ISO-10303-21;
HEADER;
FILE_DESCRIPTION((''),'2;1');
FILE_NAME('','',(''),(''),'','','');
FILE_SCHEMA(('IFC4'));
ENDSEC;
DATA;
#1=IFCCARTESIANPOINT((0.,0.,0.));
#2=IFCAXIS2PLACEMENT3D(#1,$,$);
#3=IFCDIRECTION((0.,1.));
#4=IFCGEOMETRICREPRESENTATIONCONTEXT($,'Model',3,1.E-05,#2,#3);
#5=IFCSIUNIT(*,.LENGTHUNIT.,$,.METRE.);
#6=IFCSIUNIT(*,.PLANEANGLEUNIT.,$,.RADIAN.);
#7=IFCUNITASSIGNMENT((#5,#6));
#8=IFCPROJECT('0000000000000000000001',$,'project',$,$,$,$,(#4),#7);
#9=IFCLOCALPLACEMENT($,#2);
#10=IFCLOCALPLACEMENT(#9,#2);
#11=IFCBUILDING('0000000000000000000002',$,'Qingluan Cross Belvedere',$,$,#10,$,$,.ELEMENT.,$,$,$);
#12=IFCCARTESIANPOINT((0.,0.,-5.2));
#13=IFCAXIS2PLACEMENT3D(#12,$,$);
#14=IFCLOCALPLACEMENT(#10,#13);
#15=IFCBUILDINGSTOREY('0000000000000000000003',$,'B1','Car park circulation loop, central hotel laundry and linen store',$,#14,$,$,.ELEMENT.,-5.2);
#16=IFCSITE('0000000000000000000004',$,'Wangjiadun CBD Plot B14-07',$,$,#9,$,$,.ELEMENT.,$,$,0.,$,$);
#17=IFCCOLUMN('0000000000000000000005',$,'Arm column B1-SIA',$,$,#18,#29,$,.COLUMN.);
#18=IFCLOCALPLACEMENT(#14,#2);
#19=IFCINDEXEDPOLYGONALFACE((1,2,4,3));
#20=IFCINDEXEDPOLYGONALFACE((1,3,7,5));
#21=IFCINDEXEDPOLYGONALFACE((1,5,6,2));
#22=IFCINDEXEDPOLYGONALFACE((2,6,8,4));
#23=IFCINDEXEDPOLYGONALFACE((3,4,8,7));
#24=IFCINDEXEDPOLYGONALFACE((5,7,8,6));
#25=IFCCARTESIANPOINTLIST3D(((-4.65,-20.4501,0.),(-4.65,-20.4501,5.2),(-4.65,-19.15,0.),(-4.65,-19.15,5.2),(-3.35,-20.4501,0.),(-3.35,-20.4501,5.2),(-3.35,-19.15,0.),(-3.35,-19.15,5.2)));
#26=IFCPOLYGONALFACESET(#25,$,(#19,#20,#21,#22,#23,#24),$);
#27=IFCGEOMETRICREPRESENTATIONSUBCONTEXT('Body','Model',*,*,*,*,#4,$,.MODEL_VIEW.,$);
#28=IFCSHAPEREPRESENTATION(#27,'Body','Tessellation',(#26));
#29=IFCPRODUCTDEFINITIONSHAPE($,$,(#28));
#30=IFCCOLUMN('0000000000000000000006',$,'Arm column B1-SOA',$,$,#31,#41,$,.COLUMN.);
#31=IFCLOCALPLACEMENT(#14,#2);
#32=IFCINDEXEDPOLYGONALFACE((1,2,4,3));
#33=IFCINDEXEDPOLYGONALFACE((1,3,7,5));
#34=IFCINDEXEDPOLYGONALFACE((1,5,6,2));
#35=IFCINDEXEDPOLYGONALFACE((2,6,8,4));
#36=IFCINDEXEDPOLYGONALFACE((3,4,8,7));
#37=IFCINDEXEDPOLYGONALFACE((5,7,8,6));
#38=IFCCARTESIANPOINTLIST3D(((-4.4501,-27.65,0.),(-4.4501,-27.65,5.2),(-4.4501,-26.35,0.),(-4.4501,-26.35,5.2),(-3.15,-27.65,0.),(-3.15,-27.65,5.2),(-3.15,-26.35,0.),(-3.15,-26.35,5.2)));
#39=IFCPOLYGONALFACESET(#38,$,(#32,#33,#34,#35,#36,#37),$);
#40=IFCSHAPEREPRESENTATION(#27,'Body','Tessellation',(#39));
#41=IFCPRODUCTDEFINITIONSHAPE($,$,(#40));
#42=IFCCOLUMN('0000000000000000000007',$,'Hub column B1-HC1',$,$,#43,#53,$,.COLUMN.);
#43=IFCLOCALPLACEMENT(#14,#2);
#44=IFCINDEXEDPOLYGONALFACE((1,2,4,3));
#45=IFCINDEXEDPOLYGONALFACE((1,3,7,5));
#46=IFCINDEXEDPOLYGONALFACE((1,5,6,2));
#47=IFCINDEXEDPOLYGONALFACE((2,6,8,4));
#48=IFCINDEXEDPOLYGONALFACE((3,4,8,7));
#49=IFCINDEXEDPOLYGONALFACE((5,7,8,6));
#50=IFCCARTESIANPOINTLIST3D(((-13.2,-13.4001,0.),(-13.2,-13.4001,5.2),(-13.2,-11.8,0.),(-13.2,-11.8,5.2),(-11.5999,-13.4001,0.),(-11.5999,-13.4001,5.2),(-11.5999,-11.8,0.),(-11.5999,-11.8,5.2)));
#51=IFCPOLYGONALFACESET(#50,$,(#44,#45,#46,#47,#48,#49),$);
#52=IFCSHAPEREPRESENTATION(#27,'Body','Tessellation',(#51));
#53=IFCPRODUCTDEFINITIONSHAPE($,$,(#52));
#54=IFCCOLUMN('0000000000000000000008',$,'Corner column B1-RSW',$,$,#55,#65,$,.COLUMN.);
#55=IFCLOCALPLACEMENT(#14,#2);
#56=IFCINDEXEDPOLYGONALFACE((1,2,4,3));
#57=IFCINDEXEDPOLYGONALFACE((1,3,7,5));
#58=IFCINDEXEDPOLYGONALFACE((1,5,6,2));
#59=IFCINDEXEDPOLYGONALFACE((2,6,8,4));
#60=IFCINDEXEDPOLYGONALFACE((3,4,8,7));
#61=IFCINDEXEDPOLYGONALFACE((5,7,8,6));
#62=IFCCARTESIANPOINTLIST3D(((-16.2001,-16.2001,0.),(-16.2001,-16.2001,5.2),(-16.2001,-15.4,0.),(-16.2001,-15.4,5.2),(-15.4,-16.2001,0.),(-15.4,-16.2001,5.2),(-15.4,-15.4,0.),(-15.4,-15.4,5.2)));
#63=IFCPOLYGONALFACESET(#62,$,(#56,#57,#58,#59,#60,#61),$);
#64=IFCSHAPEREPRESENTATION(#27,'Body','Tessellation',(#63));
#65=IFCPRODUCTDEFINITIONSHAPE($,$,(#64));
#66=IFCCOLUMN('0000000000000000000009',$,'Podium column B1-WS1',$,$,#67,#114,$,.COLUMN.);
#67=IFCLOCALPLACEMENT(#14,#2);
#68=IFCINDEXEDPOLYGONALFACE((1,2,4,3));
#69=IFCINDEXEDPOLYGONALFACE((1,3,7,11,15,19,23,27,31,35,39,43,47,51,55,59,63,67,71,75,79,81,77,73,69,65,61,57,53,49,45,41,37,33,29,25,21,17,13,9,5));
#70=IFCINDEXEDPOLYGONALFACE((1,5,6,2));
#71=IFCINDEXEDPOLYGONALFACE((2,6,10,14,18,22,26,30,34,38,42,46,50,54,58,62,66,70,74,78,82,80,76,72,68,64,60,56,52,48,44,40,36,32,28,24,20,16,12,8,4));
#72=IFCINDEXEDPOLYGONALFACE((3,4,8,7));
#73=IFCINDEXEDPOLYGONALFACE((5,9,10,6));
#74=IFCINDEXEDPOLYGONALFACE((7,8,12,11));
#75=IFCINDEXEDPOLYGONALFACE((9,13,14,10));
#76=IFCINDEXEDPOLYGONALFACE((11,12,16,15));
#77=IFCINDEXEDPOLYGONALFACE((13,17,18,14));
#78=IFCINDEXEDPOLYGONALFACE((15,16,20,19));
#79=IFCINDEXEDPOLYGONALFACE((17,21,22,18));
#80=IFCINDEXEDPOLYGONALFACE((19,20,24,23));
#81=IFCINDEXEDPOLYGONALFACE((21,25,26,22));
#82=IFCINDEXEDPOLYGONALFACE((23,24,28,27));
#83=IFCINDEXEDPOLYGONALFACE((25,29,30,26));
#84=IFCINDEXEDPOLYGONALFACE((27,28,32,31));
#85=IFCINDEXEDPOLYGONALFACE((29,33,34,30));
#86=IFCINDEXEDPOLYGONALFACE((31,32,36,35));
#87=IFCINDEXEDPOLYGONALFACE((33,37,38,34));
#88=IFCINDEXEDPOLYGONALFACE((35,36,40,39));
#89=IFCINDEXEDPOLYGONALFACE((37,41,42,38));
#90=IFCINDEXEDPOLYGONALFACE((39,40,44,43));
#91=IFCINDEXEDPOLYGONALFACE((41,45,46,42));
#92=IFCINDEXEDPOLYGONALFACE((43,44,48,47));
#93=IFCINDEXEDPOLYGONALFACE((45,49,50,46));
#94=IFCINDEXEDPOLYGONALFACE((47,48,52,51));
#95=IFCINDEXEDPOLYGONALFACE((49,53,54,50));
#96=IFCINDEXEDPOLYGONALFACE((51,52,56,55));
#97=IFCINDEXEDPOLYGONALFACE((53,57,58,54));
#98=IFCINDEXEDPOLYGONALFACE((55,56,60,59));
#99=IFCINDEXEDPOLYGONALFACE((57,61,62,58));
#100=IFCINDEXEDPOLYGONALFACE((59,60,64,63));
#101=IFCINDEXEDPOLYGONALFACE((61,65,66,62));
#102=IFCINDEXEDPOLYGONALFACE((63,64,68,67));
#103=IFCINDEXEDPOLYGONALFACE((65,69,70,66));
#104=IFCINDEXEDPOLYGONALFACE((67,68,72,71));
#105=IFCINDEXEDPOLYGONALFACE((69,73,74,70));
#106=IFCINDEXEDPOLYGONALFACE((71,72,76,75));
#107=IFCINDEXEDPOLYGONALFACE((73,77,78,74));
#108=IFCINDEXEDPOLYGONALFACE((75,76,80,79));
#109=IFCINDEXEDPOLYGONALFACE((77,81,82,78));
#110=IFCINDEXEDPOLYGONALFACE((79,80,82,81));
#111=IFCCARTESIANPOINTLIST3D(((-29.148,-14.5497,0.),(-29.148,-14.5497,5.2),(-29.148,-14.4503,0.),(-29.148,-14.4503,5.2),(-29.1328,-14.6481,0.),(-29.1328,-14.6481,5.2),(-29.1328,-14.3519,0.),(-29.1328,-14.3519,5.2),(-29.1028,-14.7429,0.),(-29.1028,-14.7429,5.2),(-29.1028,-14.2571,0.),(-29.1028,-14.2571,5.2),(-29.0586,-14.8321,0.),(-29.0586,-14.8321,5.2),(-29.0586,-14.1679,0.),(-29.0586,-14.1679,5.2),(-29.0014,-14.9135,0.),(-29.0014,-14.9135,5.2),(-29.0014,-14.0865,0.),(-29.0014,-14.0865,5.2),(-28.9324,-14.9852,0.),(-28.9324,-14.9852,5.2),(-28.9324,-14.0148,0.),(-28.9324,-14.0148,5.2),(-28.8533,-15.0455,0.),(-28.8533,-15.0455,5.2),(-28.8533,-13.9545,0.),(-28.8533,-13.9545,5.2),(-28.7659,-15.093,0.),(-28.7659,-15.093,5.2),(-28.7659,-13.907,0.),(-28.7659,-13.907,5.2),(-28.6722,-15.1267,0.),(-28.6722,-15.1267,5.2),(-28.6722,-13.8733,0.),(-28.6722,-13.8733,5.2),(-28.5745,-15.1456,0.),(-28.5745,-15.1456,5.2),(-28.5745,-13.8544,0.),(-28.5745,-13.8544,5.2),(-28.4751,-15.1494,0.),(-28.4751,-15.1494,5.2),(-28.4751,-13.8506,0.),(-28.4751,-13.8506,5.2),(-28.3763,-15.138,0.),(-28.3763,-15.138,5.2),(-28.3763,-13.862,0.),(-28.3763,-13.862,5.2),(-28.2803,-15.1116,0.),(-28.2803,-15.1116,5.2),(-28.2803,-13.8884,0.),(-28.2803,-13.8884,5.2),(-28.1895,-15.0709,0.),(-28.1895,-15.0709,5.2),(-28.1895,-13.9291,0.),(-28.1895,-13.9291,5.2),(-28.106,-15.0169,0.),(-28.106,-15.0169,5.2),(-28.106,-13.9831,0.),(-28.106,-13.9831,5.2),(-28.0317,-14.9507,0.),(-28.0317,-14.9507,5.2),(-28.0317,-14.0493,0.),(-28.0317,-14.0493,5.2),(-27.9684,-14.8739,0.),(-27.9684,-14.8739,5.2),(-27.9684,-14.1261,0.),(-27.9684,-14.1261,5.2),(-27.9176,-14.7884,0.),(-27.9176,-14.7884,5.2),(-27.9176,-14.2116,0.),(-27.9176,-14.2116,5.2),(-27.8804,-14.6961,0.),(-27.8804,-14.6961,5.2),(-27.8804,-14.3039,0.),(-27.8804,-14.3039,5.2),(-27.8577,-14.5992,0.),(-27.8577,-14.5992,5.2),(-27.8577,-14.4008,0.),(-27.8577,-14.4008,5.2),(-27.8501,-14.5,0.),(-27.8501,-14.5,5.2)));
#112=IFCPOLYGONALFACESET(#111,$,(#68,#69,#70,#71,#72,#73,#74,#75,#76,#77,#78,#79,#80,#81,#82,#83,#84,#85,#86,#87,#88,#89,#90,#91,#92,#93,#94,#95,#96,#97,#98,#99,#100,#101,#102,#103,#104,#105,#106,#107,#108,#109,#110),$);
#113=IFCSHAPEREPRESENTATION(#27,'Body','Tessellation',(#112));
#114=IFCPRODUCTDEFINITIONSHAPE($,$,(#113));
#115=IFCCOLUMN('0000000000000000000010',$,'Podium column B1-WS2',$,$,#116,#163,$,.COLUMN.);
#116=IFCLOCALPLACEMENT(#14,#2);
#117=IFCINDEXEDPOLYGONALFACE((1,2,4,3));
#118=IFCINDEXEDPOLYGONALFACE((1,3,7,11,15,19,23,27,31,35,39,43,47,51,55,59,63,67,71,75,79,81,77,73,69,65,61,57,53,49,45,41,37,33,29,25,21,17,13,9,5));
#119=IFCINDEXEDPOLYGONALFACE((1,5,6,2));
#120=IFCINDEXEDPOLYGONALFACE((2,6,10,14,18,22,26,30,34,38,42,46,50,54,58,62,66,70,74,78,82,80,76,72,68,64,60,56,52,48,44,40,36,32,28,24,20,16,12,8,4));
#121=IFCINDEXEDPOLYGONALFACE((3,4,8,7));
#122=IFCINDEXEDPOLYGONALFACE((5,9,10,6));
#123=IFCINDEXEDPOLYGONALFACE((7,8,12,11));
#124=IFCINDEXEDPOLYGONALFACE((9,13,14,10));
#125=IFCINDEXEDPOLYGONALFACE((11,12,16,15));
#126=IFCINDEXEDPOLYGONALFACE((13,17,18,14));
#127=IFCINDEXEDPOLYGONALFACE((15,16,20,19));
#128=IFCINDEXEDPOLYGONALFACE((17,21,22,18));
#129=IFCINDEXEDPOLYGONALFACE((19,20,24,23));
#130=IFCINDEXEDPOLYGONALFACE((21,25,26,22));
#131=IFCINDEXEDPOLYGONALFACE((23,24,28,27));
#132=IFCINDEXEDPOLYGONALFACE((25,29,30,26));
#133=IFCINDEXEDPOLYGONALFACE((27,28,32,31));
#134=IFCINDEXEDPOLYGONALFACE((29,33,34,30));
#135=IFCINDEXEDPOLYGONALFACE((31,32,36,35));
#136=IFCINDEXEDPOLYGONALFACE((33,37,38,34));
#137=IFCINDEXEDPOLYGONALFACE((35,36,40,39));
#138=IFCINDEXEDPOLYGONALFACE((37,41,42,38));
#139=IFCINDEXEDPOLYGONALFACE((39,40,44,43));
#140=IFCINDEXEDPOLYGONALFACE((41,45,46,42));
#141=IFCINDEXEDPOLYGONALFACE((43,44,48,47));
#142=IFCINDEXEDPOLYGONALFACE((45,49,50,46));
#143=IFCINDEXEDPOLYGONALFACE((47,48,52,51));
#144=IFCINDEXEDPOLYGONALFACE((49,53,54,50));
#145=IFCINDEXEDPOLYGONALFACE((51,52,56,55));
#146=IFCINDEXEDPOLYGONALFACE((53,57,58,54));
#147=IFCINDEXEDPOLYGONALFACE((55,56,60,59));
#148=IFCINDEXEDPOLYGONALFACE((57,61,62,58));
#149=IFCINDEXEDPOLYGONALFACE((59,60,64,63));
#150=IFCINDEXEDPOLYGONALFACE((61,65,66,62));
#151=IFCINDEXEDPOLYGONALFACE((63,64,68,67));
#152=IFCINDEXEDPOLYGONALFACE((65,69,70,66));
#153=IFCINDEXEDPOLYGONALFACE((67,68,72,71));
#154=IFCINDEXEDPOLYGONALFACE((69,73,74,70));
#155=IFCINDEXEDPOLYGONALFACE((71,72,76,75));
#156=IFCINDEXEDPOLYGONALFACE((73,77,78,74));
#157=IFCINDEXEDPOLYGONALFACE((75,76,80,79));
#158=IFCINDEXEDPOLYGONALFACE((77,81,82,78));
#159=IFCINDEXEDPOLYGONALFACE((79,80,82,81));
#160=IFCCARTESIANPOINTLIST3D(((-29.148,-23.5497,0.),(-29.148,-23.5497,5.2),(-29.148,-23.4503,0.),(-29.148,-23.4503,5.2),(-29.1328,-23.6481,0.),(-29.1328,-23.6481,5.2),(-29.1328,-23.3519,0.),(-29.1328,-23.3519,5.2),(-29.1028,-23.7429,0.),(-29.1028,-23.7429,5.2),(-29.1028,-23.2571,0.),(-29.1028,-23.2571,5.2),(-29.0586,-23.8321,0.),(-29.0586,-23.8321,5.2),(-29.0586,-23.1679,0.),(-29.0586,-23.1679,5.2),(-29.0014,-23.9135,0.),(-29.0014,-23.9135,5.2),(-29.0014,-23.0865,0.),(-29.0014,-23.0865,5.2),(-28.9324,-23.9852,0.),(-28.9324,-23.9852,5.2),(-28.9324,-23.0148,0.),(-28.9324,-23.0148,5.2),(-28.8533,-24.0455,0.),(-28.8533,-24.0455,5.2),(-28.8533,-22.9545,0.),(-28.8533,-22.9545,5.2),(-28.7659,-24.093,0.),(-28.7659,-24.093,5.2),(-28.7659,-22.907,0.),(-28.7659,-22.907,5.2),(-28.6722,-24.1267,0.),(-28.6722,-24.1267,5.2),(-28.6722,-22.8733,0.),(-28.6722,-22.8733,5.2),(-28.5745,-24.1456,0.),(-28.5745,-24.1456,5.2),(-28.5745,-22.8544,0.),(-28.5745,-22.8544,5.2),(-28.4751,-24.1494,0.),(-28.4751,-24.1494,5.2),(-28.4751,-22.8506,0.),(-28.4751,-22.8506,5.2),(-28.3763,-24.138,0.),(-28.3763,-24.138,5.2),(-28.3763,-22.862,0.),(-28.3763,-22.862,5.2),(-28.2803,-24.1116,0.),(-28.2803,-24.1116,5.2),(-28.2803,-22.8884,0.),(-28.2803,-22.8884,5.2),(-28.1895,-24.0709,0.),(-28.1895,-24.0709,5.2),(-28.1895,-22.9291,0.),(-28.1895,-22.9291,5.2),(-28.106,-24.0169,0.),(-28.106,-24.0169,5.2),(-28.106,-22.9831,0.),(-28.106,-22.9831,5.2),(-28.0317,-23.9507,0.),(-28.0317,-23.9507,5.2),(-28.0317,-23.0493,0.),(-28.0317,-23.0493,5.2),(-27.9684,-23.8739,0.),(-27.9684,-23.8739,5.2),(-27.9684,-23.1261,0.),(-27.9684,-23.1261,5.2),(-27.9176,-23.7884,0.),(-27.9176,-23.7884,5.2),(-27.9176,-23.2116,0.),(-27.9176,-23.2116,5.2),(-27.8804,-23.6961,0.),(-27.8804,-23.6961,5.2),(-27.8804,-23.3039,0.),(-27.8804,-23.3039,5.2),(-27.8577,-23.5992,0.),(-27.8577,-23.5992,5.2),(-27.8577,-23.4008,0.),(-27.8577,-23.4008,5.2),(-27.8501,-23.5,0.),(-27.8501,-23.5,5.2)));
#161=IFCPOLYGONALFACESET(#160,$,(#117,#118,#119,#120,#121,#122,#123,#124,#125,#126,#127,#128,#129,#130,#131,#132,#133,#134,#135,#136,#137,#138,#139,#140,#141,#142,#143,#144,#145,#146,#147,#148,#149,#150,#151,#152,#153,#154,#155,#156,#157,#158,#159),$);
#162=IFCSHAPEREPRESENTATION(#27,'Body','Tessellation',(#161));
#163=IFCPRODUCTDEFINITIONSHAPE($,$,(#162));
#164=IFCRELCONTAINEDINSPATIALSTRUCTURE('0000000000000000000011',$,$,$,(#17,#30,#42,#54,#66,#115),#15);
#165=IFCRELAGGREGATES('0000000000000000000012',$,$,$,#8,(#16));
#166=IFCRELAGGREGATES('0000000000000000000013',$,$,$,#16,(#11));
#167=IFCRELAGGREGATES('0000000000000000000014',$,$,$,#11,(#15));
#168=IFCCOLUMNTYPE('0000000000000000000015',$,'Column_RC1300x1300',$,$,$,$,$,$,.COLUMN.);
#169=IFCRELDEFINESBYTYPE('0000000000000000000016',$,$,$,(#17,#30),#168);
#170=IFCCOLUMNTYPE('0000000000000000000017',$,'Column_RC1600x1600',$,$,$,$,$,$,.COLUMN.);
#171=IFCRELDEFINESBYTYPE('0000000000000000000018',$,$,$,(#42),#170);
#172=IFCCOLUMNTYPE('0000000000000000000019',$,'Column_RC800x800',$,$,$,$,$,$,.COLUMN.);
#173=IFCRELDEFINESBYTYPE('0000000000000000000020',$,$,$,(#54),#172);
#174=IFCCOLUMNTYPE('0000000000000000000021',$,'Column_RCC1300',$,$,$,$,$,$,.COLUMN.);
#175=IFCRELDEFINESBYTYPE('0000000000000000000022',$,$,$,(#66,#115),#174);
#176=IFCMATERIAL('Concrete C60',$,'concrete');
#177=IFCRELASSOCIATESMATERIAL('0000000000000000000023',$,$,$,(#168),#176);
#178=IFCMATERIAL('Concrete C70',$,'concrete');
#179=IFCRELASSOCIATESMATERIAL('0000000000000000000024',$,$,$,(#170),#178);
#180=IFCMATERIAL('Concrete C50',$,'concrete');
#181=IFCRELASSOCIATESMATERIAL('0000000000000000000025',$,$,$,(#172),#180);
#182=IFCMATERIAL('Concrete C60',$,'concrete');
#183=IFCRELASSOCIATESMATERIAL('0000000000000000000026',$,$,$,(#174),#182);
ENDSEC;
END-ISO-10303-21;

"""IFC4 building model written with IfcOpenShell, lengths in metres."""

from ifc_helpers import new_model, si_unit, direction, frame, origin, origin_2d, place, context, subcontext, project, spatial, rectangle, circle, extrude, material, material_profile, profile_set, type_object, element, save


model = new_model("IFC4")

# Units and contexts
model_context = context("Model", 3, precision=1e-05, world=origin(), true_north=direction((0.0, 1.0)))
body_context = subcontext(model_context, "Body", "Model", "MODEL_VIEW")
ifc_project = project(units=[si_unit("LENGTHUNIT", "METRE"), si_unit("PLANEANGLEUNIT", "RADIAN")], contexts=[model_context])

# Site, building, storey
site_placement = place(None, origin())
site = spatial("IfcSite", under=ifc_project, at=site_placement, Name="Wangjiadun CBD Plot B14-07", CompositionType="ELEMENT", RefElevation=0.0)
building_placement = place(site_placement, origin())
building = spatial("IfcBuilding", under=site, at=building_placement, Name="Qingluan Cross Belvedere", CompositionType="ELEMENT")
storey_placement = place(building_placement, frame((0.0, 0.0, -5.2)))
storey = spatial("IfcBuildingStorey", under=building, at=storey_placement, Name="B1", Description="Car park circulation loop, central hotel laundry and linen store", CompositionType="ELEMENT", Elevation=-5.2)

# Columns
ifc_material_1 = material(Name="Concrete C60", Category="concrete")
ifc_material_profile_1 = material_profile(ifc_material_1, rectangle(XDim=1.3, YDim=1.3, at=origin_2d()), Name="RC1300x1300")
ifc_profile_set_1 = profile_set([ifc_material_profile_1], Name="Concrete C60")
column_type_1 = type_object("IfcColumnType", Name="Column_RC1300x1300", PredefinedType="COLUMN", material=ifc_profile_set_1)
for number, where, z_axis, x_axis, name in (
    (1, (-4.0, -19.8, 0.0), (0.0, 0.0, 1.0), (1.0, 0.0, 0.0), "Arm column B1-SIA"),
    (2, (-3.8, -27.0, 0.0), (0.0, 0.0, 1.0), (1.0, 0.0, 0.0), "Arm column B1-SOA"),
):
    element("IfcColumn", number, at=place(storey_placement, frame(where, z_axis=z_axis, x_axis=x_axis)), inside=storey, type_object=column_type_1, Name=name, PredefinedType="COLUMN", context=body_context, shape_type="SweptSolid", body=[
        extrude(rectangle(XDim=1.3, YDim=1.3, at=origin_2d()), origin(), (0.0, 0.0, 1.0), 5.2),
    ])
ifc_material_2 = material(Name="Concrete C70", Category="concrete")
ifc_material_profile_2 = material_profile(ifc_material_2, rectangle(XDim=1.6001, YDim=1.6001, at=origin_2d()), Name="RC1600x1600")
ifc_profile_set_2 = profile_set([ifc_material_profile_2], Name="Concrete C70")
column_type_2 = type_object("IfcColumnType", Name="Column_RC1600x1600", PredefinedType="COLUMN", material=ifc_profile_set_2)
column_1_placement = place(storey_placement, frame((-12.3999, -12.6001, 0.0), z_axis=(0.0, 0.0, 1.0), x_axis=(1.0, 0.0, 0.0)))
element("IfcColumn", 3, at=column_1_placement, inside=storey, type_object=column_type_2, Name="Hub column B1-HC1", PredefinedType="COLUMN", context=body_context, shape_type="SweptSolid", body=[
    extrude(rectangle(XDim=1.6001, YDim=1.6001, at=origin_2d()), origin(), (0.0, 0.0, 1.0), 5.2),
])
ifc_material_3 = material(Name="Concrete C50", Category="concrete")
ifc_material_profile_3 = material_profile(ifc_material_3, rectangle(XDim=0.8, YDim=0.8, at=origin_2d()), Name="RC800x800")
ifc_profile_set_3 = profile_set([ifc_material_profile_3], Name="Concrete C50")
column_type_3 = type_object("IfcColumnType", Name="Column_RC800x800", PredefinedType="COLUMN", material=ifc_profile_set_3)
column_2_placement = place(storey_placement, frame((-15.8, -15.8, 0.0), z_axis=(0.0, 0.0, 1.0), x_axis=(1.0, 0.0, 0.0)))
element("IfcColumn", 4, at=column_2_placement, inside=storey, type_object=column_type_3, Name="Corner column B1-RSW", PredefinedType="COLUMN", context=body_context, shape_type="SweptSolid", body=[
    extrude(rectangle(XDim=0.8, YDim=0.8, at=origin_2d()), origin(), (0.0, 0.0, 1.0), 5.2),
])
ifc_material_4 = material(Name="Concrete C60", Category="concrete")
ifc_material_profile_4 = material_profile(ifc_material_4, circle(Radius=0.6499, at=origin_2d()), Name="RCC1300")
ifc_profile_set_4 = profile_set([ifc_material_profile_4], Name="Concrete C60")
column_type_4 = type_object("IfcColumnType", Name="Column_RCC1300", PredefinedType="COLUMN", material=ifc_profile_set_4)
for number, where, z_axis, x_axis, name in (
    (5, (-28.5, -14.5, 0.0), (0.0, 0.0, 1.0), (1.0, 0.0, 0.0), "Podium column B1-WS1"),
    (6, (-28.5, -23.5, 0.0), (0.0, 0.0, 1.0), (1.0, 0.0, 0.0), "Podium column B1-WS2"),
):
    element("IfcColumn", number, at=place(storey_placement, frame(where, z_axis=z_axis, x_axis=x_axis)), inside=storey, type_object=column_type_4, Name=name, PredefinedType="COLUMN", context=body_context, shape_type="SweptSolid", body=[
        extrude(circle(Radius=0.6499, at=origin_2d()), origin(), (0.0, 0.0, 1.0), 5.2),
    ])

save(model, "model.ifc")
